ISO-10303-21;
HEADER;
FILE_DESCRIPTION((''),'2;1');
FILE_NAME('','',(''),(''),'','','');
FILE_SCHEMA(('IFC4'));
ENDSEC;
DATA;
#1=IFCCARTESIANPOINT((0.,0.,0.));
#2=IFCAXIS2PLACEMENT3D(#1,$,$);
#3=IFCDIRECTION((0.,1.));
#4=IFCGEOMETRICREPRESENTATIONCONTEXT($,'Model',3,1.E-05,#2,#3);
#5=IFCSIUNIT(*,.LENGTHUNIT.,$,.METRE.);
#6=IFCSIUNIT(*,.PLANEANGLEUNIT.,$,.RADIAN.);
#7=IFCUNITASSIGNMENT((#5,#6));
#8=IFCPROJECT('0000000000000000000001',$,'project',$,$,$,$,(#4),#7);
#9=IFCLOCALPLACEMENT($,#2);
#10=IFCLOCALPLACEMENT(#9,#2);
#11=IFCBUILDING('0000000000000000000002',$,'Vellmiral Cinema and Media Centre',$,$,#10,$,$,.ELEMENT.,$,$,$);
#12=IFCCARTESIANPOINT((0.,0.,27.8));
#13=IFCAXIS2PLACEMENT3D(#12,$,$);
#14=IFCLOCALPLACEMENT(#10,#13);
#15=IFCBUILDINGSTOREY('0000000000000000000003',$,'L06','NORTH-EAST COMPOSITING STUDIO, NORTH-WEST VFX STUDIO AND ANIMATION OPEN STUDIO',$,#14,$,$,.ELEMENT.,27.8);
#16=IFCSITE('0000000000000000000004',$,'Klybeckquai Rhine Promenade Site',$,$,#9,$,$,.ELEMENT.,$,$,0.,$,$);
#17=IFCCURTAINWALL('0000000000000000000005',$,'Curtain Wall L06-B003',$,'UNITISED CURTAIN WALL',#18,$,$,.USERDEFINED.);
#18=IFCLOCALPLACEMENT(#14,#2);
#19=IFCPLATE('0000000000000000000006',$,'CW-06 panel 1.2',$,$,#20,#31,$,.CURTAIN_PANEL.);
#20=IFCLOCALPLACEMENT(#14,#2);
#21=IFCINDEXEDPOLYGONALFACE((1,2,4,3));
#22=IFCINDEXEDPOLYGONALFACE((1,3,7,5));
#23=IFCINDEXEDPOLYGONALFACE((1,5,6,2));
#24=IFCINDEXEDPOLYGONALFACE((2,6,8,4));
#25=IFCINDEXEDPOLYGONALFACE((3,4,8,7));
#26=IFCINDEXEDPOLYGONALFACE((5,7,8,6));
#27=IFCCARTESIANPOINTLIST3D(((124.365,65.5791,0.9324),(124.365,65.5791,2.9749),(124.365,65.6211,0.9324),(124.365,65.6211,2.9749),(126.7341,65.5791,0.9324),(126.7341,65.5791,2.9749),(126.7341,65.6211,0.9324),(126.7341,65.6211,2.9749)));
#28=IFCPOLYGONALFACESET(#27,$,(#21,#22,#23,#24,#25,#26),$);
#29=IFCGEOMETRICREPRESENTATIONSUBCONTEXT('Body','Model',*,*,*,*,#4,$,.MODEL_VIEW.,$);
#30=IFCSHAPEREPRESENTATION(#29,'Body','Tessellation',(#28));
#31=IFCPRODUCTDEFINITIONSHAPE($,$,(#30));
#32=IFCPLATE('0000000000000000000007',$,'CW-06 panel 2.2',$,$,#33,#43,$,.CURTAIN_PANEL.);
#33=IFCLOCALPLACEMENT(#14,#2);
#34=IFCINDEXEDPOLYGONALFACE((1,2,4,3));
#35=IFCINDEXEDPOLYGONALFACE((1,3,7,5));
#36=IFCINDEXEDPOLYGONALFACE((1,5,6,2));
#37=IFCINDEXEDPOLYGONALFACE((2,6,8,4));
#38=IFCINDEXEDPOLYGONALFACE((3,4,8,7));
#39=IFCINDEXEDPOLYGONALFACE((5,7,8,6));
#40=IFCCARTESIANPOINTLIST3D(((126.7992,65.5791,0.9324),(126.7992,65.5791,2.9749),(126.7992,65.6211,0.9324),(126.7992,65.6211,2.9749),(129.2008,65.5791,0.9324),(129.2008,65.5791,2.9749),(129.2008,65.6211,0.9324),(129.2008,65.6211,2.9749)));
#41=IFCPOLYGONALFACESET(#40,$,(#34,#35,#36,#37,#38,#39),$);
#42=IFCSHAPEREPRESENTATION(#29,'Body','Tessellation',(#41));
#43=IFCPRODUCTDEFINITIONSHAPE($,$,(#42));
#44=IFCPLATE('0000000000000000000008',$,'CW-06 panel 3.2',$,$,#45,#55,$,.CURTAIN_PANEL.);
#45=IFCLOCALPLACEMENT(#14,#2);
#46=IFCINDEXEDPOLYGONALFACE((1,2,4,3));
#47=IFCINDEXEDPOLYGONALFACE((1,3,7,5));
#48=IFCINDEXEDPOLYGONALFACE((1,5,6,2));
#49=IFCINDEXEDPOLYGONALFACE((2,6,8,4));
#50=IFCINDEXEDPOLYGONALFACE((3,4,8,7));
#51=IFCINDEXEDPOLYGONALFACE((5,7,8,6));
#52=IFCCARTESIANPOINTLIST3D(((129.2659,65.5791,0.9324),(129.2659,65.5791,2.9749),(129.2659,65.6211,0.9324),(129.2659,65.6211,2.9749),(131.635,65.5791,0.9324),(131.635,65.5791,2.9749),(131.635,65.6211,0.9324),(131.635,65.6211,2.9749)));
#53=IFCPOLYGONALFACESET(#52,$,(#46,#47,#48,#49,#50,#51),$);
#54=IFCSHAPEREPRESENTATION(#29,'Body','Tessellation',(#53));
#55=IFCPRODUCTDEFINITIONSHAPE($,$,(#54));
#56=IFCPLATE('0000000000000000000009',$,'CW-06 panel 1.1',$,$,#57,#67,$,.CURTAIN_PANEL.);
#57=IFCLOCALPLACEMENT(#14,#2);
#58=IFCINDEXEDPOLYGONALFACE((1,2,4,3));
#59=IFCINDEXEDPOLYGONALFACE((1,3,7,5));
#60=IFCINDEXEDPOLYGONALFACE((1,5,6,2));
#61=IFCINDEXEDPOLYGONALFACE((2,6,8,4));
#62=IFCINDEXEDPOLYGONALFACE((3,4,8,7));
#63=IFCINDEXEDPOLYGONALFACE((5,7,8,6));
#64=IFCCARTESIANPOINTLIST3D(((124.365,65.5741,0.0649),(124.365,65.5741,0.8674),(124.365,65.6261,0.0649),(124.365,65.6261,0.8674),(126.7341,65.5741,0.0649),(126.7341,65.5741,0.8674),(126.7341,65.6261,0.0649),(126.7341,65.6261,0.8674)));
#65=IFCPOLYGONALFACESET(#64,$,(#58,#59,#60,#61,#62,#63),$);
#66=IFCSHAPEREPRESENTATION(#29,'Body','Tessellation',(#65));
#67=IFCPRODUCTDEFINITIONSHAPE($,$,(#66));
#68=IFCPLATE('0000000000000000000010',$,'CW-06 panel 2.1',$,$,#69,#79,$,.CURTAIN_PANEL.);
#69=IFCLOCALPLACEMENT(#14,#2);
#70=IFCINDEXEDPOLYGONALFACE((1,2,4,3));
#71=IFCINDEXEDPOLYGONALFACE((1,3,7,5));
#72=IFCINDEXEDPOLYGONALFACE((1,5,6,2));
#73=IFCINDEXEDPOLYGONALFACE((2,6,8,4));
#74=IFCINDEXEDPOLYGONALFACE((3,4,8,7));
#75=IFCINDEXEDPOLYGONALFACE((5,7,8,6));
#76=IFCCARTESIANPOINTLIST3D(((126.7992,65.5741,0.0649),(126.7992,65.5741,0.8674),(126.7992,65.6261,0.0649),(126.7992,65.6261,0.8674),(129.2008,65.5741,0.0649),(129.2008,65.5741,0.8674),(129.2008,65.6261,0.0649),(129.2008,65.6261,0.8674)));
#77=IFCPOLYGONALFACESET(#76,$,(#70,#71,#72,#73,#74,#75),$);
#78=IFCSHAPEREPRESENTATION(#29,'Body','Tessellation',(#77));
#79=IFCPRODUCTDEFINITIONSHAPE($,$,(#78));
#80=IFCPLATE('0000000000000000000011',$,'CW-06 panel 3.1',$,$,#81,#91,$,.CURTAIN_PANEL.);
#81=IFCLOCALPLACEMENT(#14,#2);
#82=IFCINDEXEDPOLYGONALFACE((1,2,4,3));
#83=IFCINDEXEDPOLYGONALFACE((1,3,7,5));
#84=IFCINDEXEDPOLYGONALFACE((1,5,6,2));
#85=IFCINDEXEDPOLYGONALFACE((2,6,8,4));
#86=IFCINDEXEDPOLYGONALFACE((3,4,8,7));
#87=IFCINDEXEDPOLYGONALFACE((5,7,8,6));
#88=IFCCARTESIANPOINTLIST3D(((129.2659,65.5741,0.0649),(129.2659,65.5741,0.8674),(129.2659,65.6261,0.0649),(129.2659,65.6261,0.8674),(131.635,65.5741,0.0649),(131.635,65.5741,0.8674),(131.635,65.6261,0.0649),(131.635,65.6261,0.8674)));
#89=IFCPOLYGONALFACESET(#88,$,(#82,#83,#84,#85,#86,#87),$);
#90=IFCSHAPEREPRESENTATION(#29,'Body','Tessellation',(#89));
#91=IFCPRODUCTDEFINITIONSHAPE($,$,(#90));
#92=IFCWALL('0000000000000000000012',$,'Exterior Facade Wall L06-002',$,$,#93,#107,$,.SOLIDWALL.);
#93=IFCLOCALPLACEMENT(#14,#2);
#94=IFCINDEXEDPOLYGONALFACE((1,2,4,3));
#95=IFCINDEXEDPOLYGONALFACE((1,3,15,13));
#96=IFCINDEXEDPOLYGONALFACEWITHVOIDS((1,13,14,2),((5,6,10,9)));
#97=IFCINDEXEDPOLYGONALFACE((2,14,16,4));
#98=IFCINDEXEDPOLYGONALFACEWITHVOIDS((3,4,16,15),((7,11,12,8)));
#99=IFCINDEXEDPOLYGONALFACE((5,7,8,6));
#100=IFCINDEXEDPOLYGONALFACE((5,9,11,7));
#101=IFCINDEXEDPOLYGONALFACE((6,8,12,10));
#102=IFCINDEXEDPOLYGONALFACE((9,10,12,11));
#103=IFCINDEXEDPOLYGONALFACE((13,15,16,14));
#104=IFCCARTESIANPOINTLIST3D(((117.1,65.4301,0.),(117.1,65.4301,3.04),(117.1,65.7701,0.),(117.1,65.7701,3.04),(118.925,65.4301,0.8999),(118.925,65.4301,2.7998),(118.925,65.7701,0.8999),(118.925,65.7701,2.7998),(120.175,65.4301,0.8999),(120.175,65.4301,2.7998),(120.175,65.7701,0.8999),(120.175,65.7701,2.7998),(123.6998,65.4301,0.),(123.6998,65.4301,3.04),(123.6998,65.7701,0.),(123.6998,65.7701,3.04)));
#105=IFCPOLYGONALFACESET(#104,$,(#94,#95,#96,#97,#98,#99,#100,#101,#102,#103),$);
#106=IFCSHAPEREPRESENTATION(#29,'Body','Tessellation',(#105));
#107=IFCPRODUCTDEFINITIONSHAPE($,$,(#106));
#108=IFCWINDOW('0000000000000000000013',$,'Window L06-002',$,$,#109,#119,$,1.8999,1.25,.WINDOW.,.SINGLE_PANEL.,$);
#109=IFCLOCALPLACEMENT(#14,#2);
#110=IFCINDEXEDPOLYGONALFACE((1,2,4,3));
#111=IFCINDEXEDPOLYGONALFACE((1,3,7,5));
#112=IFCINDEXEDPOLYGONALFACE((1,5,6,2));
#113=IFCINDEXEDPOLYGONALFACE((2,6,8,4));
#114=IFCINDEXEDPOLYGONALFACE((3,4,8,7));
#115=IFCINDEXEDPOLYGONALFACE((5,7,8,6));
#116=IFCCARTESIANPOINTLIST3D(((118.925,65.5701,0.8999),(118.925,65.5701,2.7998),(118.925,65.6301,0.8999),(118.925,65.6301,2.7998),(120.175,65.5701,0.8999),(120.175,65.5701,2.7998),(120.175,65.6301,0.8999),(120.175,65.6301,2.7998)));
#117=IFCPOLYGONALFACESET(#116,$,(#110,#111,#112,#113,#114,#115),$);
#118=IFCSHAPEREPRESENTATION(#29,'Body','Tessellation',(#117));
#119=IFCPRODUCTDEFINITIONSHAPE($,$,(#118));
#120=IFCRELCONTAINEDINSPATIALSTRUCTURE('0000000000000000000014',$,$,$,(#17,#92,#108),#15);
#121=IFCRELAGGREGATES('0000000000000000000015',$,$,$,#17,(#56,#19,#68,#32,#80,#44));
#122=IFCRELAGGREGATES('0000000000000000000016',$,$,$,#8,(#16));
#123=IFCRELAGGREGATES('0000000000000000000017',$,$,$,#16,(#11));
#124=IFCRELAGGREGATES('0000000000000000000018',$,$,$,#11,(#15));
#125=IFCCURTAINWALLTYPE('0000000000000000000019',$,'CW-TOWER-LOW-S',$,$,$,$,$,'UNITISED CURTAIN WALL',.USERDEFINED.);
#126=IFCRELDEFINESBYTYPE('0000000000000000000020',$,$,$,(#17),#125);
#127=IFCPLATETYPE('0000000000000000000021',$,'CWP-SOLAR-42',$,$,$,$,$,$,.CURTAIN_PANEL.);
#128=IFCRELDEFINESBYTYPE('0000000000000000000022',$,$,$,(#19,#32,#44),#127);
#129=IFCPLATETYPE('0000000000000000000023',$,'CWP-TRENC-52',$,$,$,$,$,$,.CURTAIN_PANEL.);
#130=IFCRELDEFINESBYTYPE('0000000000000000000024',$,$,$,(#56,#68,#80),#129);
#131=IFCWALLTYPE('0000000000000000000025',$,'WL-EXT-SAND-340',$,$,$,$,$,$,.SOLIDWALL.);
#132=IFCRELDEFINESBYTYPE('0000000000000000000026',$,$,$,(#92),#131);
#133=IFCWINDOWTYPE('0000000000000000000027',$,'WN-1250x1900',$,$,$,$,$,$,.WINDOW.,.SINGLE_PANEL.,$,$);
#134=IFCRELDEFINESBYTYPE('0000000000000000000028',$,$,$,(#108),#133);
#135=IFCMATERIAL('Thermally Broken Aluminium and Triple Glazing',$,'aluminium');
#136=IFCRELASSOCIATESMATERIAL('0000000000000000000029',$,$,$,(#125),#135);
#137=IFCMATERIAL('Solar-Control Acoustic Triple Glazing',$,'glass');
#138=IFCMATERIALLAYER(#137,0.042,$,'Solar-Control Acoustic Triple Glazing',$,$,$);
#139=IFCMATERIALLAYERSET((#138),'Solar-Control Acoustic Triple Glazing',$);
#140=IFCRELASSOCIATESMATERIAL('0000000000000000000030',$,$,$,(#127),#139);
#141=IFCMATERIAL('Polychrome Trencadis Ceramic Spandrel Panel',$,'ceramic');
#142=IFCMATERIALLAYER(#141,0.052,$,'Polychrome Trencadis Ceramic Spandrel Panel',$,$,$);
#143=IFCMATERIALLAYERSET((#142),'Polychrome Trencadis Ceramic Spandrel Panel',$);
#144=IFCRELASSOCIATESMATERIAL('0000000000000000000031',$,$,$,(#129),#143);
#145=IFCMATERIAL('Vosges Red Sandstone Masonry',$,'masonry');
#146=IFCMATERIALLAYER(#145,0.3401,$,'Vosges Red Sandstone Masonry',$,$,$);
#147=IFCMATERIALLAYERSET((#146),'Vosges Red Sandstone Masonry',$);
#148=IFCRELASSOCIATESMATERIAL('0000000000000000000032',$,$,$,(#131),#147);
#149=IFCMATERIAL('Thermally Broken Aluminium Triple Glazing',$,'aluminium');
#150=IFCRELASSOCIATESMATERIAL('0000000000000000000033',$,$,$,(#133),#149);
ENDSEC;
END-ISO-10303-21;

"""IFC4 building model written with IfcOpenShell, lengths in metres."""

from ifc_helpers import new_model, si_unit, direction, frame, frame_2d, origin, origin_2d, place, context, subcontext, project, spatial, rectangle, extrude, material, layer, layer_set, type_object, element, fill, aggregate, save


model = new_model("IFC4")

# Units and contexts
model_context = context("Model", 3, precision=1e-05, world=origin(), true_north=direction((0.0, 1.0)))
body_context = subcontext(model_context, "Body", "Model", "MODEL_VIEW")
ifc_project = project(units=[si_unit("LENGTHUNIT", "METRE"), si_unit("PLANEANGLEUNIT", "RADIAN")], contexts=[model_context])

# Site, building, storey
site_placement = place(None, origin())
site = spatial("IfcSite", under=ifc_project, at=site_placement, Name="Klybeckquai Rhine Promenade Site", CompositionType="ELEMENT", RefElevation=0.0)
building_placement = place(site_placement, origin())
building = spatial("IfcBuilding", under=site, at=building_placement, Name="Vellmiral Cinema and Media Centre", CompositionType="ELEMENT")
storey_placement = place(building_placement, frame((0.0, 0.0, 27.8)))
storey = spatial("IfcBuildingStorey", under=building, at=storey_placement, Name="L06", Description="NORTH-EAST COMPOSITING STUDIO, NORTH-WEST VFX STUDIO AND ANIMATION OPEN STUDIO", CompositionType="ELEMENT", Elevation=27.8)

# Curtain wall
ifc_material_1 = material(Name="Thermally Broken Aluminium and Triple Glazing", Category="aluminium")
curtain_wall_type = type_object("IfcCurtainWallType", Name="CW-TOWER-LOW-S", ElementType="UNITISED CURTAIN WALL", PredefinedType="USERDEFINED", material=ifc_material_1)
curtain_wall_placement = place(storey_placement, origin())
curtain_wall = element("IfcCurtainWall", 1, at=curtain_wall_placement, inside=storey, type_object=curtain_wall_type, Name="Curtain Wall L06-B003", ObjectType="UNITISED CURTAIN WALL", PredefinedType="USERDEFINED")

# Plates
ifc_material_2 = material(Name="Solar-Control Acoustic Triple Glazing", Category="glass")
ifc_layer_1 = layer(ifc_material_2, 0.042, Name="Solar-Control Acoustic Triple Glazing")
ifc_layer_set_1 = layer_set([ifc_layer_1], Name="Solar-Control Acoustic Triple Glazing")
plate_type_1 = type_object("IfcPlateType", Name="CWP-SOLAR-42", PredefinedType="CURTAIN_PANEL", material=ifc_layer_set_1)
plate_1_placement = place(storey_placement, frame((125.5496, 65.6001, 0.9324), z_axis=(0.0, 0.0, 1.0), x_axis=(1.0, 0.0, 0.0)))
plate_1 = element("IfcPlate", 2, at=plate_1_placement, type_object=plate_type_1, Name="CW-06 panel 1.2", PredefinedType="CURTAIN_PANEL", context=body_context, shape_type="SweptSolid", body=[
    extrude(rectangle(XDim=2.3691, YDim=0.042, at=origin_2d()), origin(), (0.0, 0.0, 1.0), 2.0425),
])
plate_2_placement = place(storey_placement, frame((128.0, 65.6001, 0.9324), z_axis=(0.0, 0.0, 1.0), x_axis=(1.0, 0.0, 0.0)))
plate_2 = element("IfcPlate", 3, at=plate_2_placement, type_object=plate_type_1, Name="CW-06 panel 2.2", PredefinedType="CURTAIN_PANEL", context=body_context, shape_type="SweptSolid", body=[
    extrude(rectangle(XDim=2.4016, YDim=0.042, at=origin_2d()), origin(), (0.0, 0.0, 1.0), 2.0425),
])
plate_3_placement = place(storey_placement, frame((130.4504, 65.6001, 0.9324), z_axis=(0.0, 0.0, 1.0), x_axis=(1.0, 0.0, 0.0)))
plate_3 = element("IfcPlate", 4, at=plate_3_placement, type_object=plate_type_1, Name="CW-06 panel 3.2", PredefinedType="CURTAIN_PANEL", context=body_context, shape_type="SweptSolid", body=[
    extrude(rectangle(XDim=2.3691, YDim=0.042, at=origin_2d()), origin(), (0.0, 0.0, 1.0), 2.0425),
])
ifc_material_3 = material(Name="Polychrome Trencadis Ceramic Spandrel Panel", Category="ceramic")
ifc_layer_2 = layer(ifc_material_3, 0.052, Name="Polychrome Trencadis Ceramic Spandrel Panel")
ifc_layer_set_2 = layer_set([ifc_layer_2], Name="Polychrome Trencadis Ceramic Spandrel Panel")
plate_type_2 = type_object("IfcPlateType", Name="CWP-TRENC-52", PredefinedType="CURTAIN_PANEL", material=ifc_layer_set_2)
plate_4_placement = place(storey_placement, frame((125.5496, 65.6001, 0.0649), z_axis=(0.0, 0.0, 1.0), x_axis=(1.0, 0.0, 0.0)))
plate_4 = element("IfcPlate", 5, at=plate_4_placement, type_object=plate_type_2, Name="CW-06 panel 1.1", PredefinedType="CURTAIN_PANEL", context=body_context, shape_type="SweptSolid", body=[
    extrude(rectangle(XDim=2.3691, YDim=0.052, at=origin_2d()), origin(), (0.0, 0.0, 1.0), 0.8025),
])
plate_5_placement = place(storey_placement, frame((128.0, 65.6001, 0.0649), z_axis=(0.0, 0.0, 1.0), x_axis=(1.0, 0.0, 0.0)))
plate_5 = element("IfcPlate", 6, at=plate_5_placement, type_object=plate_type_2, Name="CW-06 panel 2.1", PredefinedType="CURTAIN_PANEL", context=body_context, shape_type="SweptSolid", body=[
    extrude(rectangle(XDim=2.4016, YDim=0.052, at=origin_2d()), origin(), (0.0, 0.0, 1.0), 0.8025),
])
plate_6_placement = place(storey_placement, frame((130.4504, 65.6001, 0.0649), z_axis=(0.0, 0.0, 1.0), x_axis=(1.0, 0.0, 0.0)))
plate_6 = element("IfcPlate", 7, at=plate_6_placement, type_object=plate_type_2, Name="CW-06 panel 3.1", PredefinedType="CURTAIN_PANEL", context=body_context, shape_type="SweptSolid", body=[
    extrude(rectangle(XDim=2.3691, YDim=0.052, at=origin_2d()), origin(), (0.0, 0.0, 1.0), 0.8025),
])
aggregate(curtain_wall, [plate_4, plate_1, plate_5, plate_2, plate_6, plate_3])

# Wall, opening, window
ifc_material_4 = material(Name="Vosges Red Sandstone Masonry", Category="masonry")
ifc_layer_3 = layer(ifc_material_4, 0.3401, Name="Vosges Red Sandstone Masonry")
ifc_layer_set_3 = layer_set([ifc_layer_3], Name="Vosges Red Sandstone Masonry")
wall_type = type_object("IfcWallType", Name="WL-EXT-SAND-340", PredefinedType="SOLIDWALL", material=ifc_layer_set_3)
wall_placement = place(storey_placement, frame((117.1001, 65.6001, 0.0), z_axis=(0.0, 0.0, 1.0), x_axis=(1.0, 0.0, 0.0)))
wall = element("IfcWall", 8, at=wall_placement, inside=storey, type_object=wall_type, Name="Exterior Facade Wall L06-002", PredefinedType="SOLIDWALL", context=body_context, shape_type="SweptSolid", body=[
    extrude(rectangle(XDim=6.5999, YDim=0.3401, at=frame_2d((3.2998, 0.0))), origin(), (0.0, 0.0, 1.0), 3.04),
])
opening_placement = place(wall_placement, frame((1.825, 0.0, 0.8999)))
opening = element("IfcOpeningElement", 9, at=opening_placement, cuts=wall, PredefinedType="OPENING", context=body_context, shape_type="SweptSolid", body=[
    extrude(rectangle(XDim=1.25, YDim=1.8999, at=frame_2d((0.625, 0.95))), frame((0.0, 0.1821, 0.0), z_axis=(0.0, -1.0, 0.0), x_axis=(1.0, 0.0, 0.0)), (0.0, 0.0, 1.0), 0.364),
])
ifc_material_5 = material(Name="Thermally Broken Aluminium Triple Glazing", Category="aluminium")
window_type = type_object("IfcWindowType", Name="WN-1250x1900", PartitioningType="SINGLE_PANEL", PredefinedType="WINDOW", material=ifc_material_5)
window_placement = place(opening_placement, origin())
window = element("IfcWindow", 10, at=window_placement, inside=storey, type_object=window_type, Name="Window L06-002", OverallHeight=1.8999, OverallWidth=1.25, PartitioningType="SINGLE_PANEL", PredefinedType="WINDOW", context=body_context, shape_type="SweptSolid", body=[
    extrude(rectangle(XDim=1.25, YDim=1.8999, at=frame_2d((0.625, 0.95))), frame((0.0, 0.03, 0.0), z_axis=(0.0, -1.0, 0.0), x_axis=(1.0, 0.0, 0.0)), (0.0, 0.0, 1.0), 0.0601),
])
fill(opening, window)

save(model, "model.ifc")
